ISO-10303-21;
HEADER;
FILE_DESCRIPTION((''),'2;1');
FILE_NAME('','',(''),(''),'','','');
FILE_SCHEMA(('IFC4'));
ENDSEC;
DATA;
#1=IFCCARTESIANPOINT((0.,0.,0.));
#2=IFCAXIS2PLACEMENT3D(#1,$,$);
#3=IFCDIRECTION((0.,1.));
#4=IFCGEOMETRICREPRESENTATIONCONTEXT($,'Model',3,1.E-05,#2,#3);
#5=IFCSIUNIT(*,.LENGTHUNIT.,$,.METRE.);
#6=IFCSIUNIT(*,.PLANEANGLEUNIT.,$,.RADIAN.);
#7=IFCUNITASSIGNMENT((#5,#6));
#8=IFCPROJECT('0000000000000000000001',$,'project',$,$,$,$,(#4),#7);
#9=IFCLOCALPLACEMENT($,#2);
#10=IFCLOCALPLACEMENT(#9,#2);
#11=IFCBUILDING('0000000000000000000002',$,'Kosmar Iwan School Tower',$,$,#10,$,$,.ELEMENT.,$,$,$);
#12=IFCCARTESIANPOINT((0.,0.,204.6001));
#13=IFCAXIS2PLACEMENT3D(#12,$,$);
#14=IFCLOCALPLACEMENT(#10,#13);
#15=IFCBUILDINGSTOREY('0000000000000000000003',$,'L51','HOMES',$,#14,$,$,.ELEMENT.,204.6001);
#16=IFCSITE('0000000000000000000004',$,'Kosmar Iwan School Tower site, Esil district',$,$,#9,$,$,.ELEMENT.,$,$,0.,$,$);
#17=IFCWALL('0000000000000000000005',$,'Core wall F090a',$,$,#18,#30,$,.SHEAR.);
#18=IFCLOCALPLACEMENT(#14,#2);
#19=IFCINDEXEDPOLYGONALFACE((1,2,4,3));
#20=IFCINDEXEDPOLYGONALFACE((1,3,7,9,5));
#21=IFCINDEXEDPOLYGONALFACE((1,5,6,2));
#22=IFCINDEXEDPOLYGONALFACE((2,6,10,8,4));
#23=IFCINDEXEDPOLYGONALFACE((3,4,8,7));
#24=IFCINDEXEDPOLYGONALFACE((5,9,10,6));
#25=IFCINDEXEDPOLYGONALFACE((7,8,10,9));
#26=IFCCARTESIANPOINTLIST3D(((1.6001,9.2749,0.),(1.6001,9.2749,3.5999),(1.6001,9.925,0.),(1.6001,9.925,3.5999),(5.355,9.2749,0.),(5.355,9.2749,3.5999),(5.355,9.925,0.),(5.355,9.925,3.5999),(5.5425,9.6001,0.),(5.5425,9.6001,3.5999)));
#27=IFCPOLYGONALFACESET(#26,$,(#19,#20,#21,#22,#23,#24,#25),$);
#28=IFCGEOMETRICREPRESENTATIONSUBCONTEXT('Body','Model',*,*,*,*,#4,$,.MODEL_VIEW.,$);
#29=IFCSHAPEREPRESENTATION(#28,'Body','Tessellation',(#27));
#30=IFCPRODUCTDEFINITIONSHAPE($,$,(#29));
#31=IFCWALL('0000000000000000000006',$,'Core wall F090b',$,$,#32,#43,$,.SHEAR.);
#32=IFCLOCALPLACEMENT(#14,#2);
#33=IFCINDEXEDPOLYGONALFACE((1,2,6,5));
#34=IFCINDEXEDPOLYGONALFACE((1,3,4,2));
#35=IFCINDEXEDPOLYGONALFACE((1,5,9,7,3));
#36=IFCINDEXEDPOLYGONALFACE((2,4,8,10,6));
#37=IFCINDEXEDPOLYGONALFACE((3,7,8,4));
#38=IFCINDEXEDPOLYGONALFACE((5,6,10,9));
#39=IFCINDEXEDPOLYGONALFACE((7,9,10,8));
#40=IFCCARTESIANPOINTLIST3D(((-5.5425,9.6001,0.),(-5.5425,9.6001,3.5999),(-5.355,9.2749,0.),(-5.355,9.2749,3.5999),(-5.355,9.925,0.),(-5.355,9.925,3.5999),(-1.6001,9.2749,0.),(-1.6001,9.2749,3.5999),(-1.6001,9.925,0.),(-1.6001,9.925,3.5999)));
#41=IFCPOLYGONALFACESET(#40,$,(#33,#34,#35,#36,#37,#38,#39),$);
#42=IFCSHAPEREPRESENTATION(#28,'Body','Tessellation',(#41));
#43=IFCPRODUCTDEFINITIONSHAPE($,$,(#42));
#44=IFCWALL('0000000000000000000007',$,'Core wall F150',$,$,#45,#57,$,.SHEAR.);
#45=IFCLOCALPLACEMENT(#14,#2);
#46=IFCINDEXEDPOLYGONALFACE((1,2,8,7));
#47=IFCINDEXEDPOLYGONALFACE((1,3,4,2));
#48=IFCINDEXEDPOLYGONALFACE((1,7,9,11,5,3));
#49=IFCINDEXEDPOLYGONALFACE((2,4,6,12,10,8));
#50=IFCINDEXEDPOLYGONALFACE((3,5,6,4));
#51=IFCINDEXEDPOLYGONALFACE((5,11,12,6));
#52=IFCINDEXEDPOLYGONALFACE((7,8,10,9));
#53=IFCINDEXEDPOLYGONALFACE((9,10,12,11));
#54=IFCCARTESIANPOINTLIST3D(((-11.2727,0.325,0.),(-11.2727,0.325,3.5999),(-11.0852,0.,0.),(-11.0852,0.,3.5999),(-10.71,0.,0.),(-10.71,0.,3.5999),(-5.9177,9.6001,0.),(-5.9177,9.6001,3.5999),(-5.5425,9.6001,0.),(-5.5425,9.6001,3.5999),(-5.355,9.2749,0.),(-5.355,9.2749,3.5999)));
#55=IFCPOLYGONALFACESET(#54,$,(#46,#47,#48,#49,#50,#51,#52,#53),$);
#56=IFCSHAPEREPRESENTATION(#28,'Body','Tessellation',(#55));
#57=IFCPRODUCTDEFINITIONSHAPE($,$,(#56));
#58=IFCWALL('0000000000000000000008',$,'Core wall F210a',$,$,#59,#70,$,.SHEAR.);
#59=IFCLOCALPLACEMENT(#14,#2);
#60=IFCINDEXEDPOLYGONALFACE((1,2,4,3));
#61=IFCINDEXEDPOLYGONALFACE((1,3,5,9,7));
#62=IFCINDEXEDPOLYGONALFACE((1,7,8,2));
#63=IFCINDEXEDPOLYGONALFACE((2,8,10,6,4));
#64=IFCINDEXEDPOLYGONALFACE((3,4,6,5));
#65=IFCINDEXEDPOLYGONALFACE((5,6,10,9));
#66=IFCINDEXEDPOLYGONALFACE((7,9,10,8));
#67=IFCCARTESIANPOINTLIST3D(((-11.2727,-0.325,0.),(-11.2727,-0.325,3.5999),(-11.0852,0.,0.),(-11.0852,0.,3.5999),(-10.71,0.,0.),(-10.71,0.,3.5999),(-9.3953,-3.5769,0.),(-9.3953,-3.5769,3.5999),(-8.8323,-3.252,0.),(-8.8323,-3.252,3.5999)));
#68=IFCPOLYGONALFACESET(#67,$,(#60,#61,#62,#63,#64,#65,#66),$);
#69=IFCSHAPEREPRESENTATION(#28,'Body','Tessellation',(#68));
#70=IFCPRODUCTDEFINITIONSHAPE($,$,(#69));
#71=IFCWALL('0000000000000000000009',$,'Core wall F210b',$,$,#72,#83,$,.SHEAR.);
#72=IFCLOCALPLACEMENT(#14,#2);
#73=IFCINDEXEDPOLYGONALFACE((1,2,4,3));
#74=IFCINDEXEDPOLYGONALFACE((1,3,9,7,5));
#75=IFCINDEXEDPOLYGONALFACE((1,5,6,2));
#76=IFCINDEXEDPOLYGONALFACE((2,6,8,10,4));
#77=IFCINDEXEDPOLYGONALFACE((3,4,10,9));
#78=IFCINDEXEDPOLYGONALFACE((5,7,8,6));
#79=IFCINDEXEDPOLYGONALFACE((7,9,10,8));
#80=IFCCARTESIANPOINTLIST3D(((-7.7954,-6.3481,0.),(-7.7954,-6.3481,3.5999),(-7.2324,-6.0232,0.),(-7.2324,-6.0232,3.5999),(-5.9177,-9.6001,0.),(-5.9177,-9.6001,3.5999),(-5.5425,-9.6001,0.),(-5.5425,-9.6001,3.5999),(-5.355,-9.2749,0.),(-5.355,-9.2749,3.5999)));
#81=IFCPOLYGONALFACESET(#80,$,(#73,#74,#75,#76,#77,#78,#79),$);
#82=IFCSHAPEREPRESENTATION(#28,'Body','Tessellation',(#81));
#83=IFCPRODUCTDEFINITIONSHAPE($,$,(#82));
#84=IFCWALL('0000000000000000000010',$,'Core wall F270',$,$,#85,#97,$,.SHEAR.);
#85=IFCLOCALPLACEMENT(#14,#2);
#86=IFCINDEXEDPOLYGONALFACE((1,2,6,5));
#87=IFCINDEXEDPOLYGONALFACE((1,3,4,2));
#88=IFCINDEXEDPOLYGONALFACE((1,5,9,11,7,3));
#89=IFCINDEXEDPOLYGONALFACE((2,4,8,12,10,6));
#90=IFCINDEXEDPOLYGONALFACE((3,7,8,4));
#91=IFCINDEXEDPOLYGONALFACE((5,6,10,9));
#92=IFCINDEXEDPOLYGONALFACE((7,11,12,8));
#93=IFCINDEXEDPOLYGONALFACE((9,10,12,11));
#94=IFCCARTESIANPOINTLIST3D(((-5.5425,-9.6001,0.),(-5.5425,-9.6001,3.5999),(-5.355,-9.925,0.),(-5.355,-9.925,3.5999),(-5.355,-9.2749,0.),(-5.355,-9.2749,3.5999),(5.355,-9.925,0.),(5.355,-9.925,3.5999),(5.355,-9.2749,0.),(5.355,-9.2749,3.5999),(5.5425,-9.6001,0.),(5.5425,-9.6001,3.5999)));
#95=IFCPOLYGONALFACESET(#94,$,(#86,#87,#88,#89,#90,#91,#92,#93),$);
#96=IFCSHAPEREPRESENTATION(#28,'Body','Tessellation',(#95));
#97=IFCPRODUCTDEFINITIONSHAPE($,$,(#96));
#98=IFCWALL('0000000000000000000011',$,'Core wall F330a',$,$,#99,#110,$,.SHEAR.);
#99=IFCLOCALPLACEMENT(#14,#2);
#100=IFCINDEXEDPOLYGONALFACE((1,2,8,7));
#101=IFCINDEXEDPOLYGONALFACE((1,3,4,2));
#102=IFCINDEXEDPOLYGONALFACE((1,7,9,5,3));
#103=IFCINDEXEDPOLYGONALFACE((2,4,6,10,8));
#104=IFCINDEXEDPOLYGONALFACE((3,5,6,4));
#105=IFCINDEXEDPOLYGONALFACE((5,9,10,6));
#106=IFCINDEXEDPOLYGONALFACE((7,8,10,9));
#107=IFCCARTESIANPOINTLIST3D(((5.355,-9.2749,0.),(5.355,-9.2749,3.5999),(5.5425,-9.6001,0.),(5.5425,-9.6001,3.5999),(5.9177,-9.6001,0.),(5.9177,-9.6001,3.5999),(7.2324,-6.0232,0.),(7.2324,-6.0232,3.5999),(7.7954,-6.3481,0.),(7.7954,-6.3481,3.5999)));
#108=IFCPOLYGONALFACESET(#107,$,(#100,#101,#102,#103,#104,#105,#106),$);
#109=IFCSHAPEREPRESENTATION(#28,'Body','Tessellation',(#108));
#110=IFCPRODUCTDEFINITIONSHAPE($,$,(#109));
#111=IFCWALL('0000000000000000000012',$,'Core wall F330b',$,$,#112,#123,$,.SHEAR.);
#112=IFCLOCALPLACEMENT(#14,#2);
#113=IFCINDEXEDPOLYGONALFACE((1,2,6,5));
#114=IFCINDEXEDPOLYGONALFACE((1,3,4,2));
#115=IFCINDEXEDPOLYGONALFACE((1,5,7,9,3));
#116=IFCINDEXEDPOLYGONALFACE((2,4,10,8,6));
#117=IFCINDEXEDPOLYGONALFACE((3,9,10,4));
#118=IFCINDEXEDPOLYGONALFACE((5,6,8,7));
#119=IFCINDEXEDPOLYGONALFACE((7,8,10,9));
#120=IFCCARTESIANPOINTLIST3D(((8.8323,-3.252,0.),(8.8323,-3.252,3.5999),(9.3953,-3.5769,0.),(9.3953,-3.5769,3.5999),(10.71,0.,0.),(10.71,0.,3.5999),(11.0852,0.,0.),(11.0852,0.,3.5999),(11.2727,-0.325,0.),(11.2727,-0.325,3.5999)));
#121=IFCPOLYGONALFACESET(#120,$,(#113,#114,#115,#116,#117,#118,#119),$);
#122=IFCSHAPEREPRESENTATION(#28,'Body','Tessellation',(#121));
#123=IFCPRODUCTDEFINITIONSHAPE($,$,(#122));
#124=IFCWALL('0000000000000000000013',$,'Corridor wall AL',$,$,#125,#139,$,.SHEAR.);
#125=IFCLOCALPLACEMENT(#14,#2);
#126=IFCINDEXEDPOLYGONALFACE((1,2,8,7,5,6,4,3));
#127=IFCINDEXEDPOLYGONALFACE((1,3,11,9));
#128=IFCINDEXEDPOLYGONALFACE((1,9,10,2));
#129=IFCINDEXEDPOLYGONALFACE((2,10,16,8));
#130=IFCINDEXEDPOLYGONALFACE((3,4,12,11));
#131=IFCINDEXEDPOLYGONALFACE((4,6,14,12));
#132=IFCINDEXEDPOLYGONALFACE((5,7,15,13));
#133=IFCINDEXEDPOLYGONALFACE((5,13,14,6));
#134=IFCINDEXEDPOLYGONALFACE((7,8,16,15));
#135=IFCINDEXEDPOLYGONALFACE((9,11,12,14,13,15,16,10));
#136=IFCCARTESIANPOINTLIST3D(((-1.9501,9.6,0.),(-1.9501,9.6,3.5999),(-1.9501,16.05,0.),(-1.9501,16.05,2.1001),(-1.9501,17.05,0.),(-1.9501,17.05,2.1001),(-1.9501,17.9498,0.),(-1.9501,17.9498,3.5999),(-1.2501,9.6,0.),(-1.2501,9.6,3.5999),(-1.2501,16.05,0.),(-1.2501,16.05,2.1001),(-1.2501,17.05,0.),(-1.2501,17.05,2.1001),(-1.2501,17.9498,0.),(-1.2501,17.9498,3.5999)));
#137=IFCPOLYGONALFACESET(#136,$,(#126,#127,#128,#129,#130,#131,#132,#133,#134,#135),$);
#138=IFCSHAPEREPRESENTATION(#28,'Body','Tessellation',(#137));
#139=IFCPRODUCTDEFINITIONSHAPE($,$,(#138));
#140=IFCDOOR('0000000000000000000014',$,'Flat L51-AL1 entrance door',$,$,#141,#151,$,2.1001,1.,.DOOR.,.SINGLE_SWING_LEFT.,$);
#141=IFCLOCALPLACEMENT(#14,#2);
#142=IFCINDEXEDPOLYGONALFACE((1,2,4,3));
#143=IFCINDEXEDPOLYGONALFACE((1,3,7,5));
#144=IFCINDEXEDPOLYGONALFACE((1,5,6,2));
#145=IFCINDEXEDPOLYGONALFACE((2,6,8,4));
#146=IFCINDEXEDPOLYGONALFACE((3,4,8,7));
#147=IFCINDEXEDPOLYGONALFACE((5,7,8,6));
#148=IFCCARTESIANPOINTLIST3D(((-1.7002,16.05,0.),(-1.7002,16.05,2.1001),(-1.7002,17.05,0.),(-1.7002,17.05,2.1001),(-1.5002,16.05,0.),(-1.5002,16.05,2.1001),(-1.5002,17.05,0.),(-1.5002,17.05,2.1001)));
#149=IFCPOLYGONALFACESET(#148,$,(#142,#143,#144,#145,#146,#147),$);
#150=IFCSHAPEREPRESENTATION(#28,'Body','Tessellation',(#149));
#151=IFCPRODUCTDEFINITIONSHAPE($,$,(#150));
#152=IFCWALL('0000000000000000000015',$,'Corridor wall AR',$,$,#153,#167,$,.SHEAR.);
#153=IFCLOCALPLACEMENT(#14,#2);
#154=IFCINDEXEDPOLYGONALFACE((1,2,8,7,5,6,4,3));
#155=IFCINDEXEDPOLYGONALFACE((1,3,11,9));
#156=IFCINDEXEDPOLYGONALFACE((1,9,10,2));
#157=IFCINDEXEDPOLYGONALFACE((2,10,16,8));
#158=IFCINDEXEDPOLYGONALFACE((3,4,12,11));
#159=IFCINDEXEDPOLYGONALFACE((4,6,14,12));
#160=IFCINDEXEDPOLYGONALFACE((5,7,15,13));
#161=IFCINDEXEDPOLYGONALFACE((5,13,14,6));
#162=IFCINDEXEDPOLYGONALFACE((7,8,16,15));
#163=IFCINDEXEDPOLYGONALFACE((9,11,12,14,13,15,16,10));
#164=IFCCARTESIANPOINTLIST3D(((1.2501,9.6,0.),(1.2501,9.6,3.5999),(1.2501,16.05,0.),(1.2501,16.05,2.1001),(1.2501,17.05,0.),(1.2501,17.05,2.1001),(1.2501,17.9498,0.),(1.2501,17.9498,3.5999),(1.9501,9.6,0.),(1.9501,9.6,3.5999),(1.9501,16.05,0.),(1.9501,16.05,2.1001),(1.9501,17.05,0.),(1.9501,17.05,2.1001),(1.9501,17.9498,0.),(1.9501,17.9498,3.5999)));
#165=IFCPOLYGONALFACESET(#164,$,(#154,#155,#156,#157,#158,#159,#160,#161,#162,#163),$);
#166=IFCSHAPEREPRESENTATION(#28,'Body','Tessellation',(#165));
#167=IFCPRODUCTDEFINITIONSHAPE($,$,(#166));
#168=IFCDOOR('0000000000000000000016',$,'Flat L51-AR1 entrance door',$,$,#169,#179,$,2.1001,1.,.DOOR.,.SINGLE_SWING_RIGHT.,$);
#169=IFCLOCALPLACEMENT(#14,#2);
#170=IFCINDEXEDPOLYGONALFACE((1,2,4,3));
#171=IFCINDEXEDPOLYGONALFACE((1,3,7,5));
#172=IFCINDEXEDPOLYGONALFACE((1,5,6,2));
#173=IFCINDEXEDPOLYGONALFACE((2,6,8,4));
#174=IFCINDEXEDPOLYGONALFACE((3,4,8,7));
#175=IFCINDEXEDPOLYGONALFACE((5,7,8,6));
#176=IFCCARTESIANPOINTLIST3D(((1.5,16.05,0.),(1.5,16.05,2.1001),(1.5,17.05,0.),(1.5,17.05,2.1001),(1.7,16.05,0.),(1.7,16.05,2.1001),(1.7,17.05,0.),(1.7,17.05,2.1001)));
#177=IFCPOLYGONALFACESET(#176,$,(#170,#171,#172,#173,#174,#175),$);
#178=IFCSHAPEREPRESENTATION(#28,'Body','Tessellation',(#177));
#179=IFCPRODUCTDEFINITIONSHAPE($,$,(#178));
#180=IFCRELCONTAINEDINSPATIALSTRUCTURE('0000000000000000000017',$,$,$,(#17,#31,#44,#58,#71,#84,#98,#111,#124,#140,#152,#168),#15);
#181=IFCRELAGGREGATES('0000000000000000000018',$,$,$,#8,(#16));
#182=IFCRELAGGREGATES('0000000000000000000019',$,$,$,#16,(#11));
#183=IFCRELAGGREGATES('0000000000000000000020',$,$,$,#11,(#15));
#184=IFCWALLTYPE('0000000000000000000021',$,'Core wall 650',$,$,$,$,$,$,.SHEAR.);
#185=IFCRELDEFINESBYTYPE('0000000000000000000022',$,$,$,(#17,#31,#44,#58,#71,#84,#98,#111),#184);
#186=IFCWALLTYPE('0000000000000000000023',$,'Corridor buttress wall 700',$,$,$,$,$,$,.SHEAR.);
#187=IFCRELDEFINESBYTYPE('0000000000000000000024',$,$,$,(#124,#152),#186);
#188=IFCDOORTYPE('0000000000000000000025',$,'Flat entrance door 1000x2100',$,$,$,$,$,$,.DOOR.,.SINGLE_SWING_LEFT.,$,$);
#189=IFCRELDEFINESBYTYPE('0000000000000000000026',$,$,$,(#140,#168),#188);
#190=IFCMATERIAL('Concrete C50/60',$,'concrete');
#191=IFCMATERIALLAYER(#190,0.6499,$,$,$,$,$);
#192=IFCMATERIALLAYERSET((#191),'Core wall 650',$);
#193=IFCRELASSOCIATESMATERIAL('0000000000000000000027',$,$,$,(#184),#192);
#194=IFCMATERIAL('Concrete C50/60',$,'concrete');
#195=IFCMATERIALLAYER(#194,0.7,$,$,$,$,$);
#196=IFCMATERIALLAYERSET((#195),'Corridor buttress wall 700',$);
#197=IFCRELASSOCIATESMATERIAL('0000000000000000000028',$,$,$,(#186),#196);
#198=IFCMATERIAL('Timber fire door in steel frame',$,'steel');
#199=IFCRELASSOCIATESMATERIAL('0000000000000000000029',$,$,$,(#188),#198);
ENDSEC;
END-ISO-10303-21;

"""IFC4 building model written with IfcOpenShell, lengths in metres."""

from ifc_helpers import new_model, si_unit, direction, frame, frame_2d, origin, place, context, subcontext, project, spatial, polyline, rectangle, outline, extrude, material, layer, layer_set, type_object, element, fill, save


model = new_model("IFC4")

# Units and contexts
model_context = context("Model", 3, precision=1e-05, world=origin(), true_north=direction((0.0, 1.0)))
body_context = subcontext(model_context, "Body", "Model", "MODEL_VIEW")
ifc_project = project(units=[si_unit("LENGTHUNIT", "METRE"), si_unit("PLANEANGLEUNIT", "RADIAN")], contexts=[model_context])

# Site, building, storey
site_placement = place(None, origin())
site = spatial("IfcSite", under=ifc_project, at=site_placement, Name="Kosmar Iwan School Tower site, Esil district", CompositionType="ELEMENT", RefElevation=0.0)
building_placement = place(site_placement, origin())
building = spatial("IfcBuilding", under=site, at=building_placement, Name="Kosmar Iwan School Tower", CompositionType="ELEMENT")
storey_placement = place(building_placement, frame((0.0, 0.0, 204.6001)))
storey = spatial("IfcBuildingStorey", under=building, at=storey_placement, Name="L51", Description="HOMES", CompositionType="ELEMENT", Elevation=204.6001)

# Walls
ifc_material_1 = material(Name="Concrete C50/60", Category="concrete")
ifc_layer_1 = layer(ifc_material_1, 0.6499)
ifc_layer_set_1 = layer_set([ifc_layer_1], Name="Core wall 650")
wall_type_1 = type_object("IfcWallType", Name="Core wall 650", PredefinedType="SHEAR", material=ifc_layer_set_1)
wall_1_placement = place(storey_placement, origin())
element("IfcWall", 1, at=wall_1_placement, inside=storey, type_object=wall_type_1, Name="Core wall F090a", PredefinedType="SHEAR", context=body_context, shape_type="SweptSolid", body=[
    extrude(outline(polyline([(1.6001, 9.2749), (5.355, 9.2749), (5.5425, 9.6001), (5.355, 9.925), (1.6001, 9.925), (1.6001, 9.2749)])), origin(), (0.0, 0.0, 1.0), 3.5999),
])
wall_2_placement = place(storey_placement, origin())
element("IfcWall", 2, at=wall_2_placement, inside=storey, type_object=wall_type_1, Name="Core wall F090b", PredefinedType="SHEAR", context=body_context, shape_type="SweptSolid", body=[
    extrude(outline(polyline([(-5.355, 9.2749), (-1.6001, 9.2749), (-1.6001, 9.925), (-5.355, 9.925), (-5.5425, 9.6001), (-5.355, 9.2749)])), origin(), (0.0, 0.0, 1.0), 3.5999),
])
wall_3_placement = place(storey_placement, origin())
element("IfcWall", 3, at=wall_3_placement, inside=storey, type_object=wall_type_1, Name="Core wall F150", PredefinedType="SHEAR", context=body_context, shape_type="SweptSolid", body=[
    extrude(outline(polyline([(-11.0852, 0.0), (-10.71, 0.0), (-5.355, 9.2749), (-5.5425, 9.6001), (-5.9177, 9.6001), (-11.2727, 0.325), (-11.0852, 0.0)])), origin(), (0.0, 0.0, 1.0), 3.5999),
])
wall_4_placement = place(storey_placement, origin())
element("IfcWall", 4, at=wall_4_placement, inside=storey, type_object=wall_type_1, Name="Core wall F210a", PredefinedType="SHEAR", context=body_context, shape_type="SweptSolid", body=[
    extrude(outline(polyline([(-9.3953, -3.5769), (-8.8323, -3.252), (-10.71, 0.0), (-11.0852, 0.0), (-11.2727, -0.325), (-9.3953, -3.5769)])), origin(), (0.0, 0.0, 1.0), 3.5999),
])
wall_5_placement = place(storey_placement, origin())
element("IfcWall", 5, at=wall_5_placement, inside=storey, type_object=wall_type_1, Name="Core wall F210b", PredefinedType="SHEAR", context=body_context, shape_type="SweptSolid", body=[
    extrude(outline(polyline([(-5.9177, -9.6001), (-5.5425, -9.6001), (-5.355, -9.2749), (-7.2324, -6.0232), (-7.7954, -6.3481), (-5.9177, -9.6001)])), origin(), (0.0, 0.0, 1.0), 3.5999),
])
wall_6_placement = place(storey_placement, origin())
element("IfcWall", 6, at=wall_6_placement, inside=storey, type_object=wall_type_1, Name="Core wall F270", PredefinedType="SHEAR", context=body_context, shape_type="SweptSolid", body=[
    extrude(outline(polyline([(-5.355, -9.925), (5.355, -9.925), (5.5425, -9.6001), (5.355, -9.2749), (-5.355, -9.2749), (-5.5425, -9.6001), (-5.355, -9.925)])), origin(), (0.0, 0.0, 1.0), 3.5999),
])
wall_7_placement = place(storey_placement, origin())
element("IfcWall", 7, at=wall_7_placement, inside=storey, type_object=wall_type_1, Name="Core wall F330a", PredefinedType="SHEAR", context=body_context, shape_type="SweptSolid", body=[
    extrude(outline(polyline([(5.5425, -9.6001), (5.9177, -9.6001), (7.7954, -6.3481), (7.2324, -6.0232), (5.355, -9.2749), (5.5425, -9.6001)])), origin(), (0.0, 0.0, 1.0), 3.5999),
])
wall_8_placement = place(storey_placement, origin())
element("IfcWall", 8, at=wall_8_placement, inside=storey, type_object=wall_type_1, Name="Core wall F330b", PredefinedType="SHEAR", context=body_context, shape_type="SweptSolid", body=[
    extrude(outline(polyline([(9.3953, -3.5769), (11.2727, -0.325), (11.0852, 0.0), (10.71, 0.0), (8.8323, -3.252), (9.3953, -3.5769)])), origin(), (0.0, 0.0, 1.0), 3.5999),
])

# Walls, openings, doors
ifc_material_2 = material(Name="Concrete C50/60", Category="concrete")
ifc_layer_2 = layer(ifc_material_2, 0.7)
ifc_layer_set_2 = layer_set([ifc_layer_2], Name="Corridor buttress wall 700")
wall_type_2 = type_object("IfcWallType", Name="Corridor buttress wall 700", PredefinedType="SHEAR", material=ifc_layer_set_2)
wall_9_placement = place(storey_placement, frame((-1.6001, 9.6001, 0.0), z_axis=(0.0, 0.0, 1.0), x_axis=(0.0, 1.0, 0.0)))
wall_9 = element("IfcWall", 9, at=wall_9_placement, inside=storey, type_object=wall_type_2, Name="Corridor wall AL", PredefinedType="SHEAR", context=body_context, shape_type="SweptSolid", body=[
    extrude(rectangle(XDim=8.3499, YDim=0.7, at=frame_2d((4.1748, 0.0))), origin(), (0.0, 0.0, 1.0), 3.5999),
])
opening_1_placement = place(wall_9_placement, frame((6.45, 0.0, 0.0)))
opening_1 = element("IfcOpeningElement", 10, at=opening_1_placement, cuts=wall_9, PredefinedType="OPENING", context=body_context, shape_type="SweptSolid", body=[
    extrude(rectangle(XDim=1.0, YDim=2.1001, at=frame_2d((0.5, 1.05))), frame((0.0, 0.3621, 0.0), z_axis=(0.0, -1.0, 0.0), x_axis=(1.0, 0.0, 0.0)), (0.0, 0.0, 1.0), 0.7239),
])
ifc_material_3 = material(Name="Timber fire door in steel frame", Category="steel")
door_type_1 = type_object("IfcDoorType", Name="Flat entrance door 1000x2100", OperationType="SINGLE_SWING_LEFT", PredefinedType="DOOR", material=ifc_material_3)
door_1_placement = place(opening_1_placement, origin())
door_1 = element("IfcDoor", 11, at=door_1_placement, inside=storey, type_object=door_type_1, Name="Flat L51-AL1 entrance door", OperationType="SINGLE_SWING_LEFT", OverallHeight=2.1001, OverallWidth=1.0, PredefinedType="DOOR", context=body_context, shape_type="SweptSolid", body=[
    extrude(rectangle(XDim=1.0, YDim=2.1001, at=frame_2d((0.5, 1.05))), frame((0.0, 0.1001, 0.0), z_axis=(0.0, -1.0, 0.0), x_axis=(1.0, 0.0, 0.0)), (0.0, 0.0, 1.0), 0.2),
])
fill(opening_1, door_1)
wall_10_placement = place(storey_placement, frame((1.6001, 9.6001, 0.0), z_axis=(0.0, 0.0, 1.0), x_axis=(0.0, 1.0, 0.0)))
wall_10 = element("IfcWall", 12, at=wall_10_placement, inside=storey, type_object=wall_type_2, Name="Corridor wall AR", PredefinedType="SHEAR", context=body_context, shape_type="SweptSolid", body=[
    extrude(rectangle(XDim=8.3499, YDim=0.7, at=frame_2d((4.1748, 0.0))), origin(), (0.0, 0.0, 1.0), 3.5999),
])
opening_2_placement = place(wall_10_placement, frame((6.45, 0.0, 0.0)))
opening_2 = element("IfcOpeningElement", 13, at=opening_2_placement, cuts=wall_10, PredefinedType="OPENING", context=body_context, shape_type="SweptSolid", body=[
    extrude(rectangle(XDim=1.0, YDim=2.1001, at=frame_2d((0.5, 1.05))), frame((0.0, 0.3621, 0.0), z_axis=(0.0, -1.0, 0.0), x_axis=(1.0, 0.0, 0.0)), (0.0, 0.0, 1.0), 0.7239),
])
door_2_placement = place(opening_2_placement, origin())
door_2 = element("IfcDoor", 14, at=door_2_placement, inside=storey, type_object=door_type_1, Name="Flat L51-AR1 entrance door", OperationType="SINGLE_SWING_RIGHT", OverallHeight=2.1001, OverallWidth=1.0, PredefinedType="DOOR", context=body_context, shape_type="SweptSolid", body=[
    extrude(rectangle(XDim=1.0, YDim=2.1001, at=frame_2d((0.5, 1.05))), frame((0.0, 0.1001, 0.0), z_axis=(0.0, -1.0, 0.0), x_axis=(1.0, 0.0, 0.0)), (0.0, 0.0, 1.0), 0.2),
])
fill(opening_2, door_2)

save(model, "model.ifc")
